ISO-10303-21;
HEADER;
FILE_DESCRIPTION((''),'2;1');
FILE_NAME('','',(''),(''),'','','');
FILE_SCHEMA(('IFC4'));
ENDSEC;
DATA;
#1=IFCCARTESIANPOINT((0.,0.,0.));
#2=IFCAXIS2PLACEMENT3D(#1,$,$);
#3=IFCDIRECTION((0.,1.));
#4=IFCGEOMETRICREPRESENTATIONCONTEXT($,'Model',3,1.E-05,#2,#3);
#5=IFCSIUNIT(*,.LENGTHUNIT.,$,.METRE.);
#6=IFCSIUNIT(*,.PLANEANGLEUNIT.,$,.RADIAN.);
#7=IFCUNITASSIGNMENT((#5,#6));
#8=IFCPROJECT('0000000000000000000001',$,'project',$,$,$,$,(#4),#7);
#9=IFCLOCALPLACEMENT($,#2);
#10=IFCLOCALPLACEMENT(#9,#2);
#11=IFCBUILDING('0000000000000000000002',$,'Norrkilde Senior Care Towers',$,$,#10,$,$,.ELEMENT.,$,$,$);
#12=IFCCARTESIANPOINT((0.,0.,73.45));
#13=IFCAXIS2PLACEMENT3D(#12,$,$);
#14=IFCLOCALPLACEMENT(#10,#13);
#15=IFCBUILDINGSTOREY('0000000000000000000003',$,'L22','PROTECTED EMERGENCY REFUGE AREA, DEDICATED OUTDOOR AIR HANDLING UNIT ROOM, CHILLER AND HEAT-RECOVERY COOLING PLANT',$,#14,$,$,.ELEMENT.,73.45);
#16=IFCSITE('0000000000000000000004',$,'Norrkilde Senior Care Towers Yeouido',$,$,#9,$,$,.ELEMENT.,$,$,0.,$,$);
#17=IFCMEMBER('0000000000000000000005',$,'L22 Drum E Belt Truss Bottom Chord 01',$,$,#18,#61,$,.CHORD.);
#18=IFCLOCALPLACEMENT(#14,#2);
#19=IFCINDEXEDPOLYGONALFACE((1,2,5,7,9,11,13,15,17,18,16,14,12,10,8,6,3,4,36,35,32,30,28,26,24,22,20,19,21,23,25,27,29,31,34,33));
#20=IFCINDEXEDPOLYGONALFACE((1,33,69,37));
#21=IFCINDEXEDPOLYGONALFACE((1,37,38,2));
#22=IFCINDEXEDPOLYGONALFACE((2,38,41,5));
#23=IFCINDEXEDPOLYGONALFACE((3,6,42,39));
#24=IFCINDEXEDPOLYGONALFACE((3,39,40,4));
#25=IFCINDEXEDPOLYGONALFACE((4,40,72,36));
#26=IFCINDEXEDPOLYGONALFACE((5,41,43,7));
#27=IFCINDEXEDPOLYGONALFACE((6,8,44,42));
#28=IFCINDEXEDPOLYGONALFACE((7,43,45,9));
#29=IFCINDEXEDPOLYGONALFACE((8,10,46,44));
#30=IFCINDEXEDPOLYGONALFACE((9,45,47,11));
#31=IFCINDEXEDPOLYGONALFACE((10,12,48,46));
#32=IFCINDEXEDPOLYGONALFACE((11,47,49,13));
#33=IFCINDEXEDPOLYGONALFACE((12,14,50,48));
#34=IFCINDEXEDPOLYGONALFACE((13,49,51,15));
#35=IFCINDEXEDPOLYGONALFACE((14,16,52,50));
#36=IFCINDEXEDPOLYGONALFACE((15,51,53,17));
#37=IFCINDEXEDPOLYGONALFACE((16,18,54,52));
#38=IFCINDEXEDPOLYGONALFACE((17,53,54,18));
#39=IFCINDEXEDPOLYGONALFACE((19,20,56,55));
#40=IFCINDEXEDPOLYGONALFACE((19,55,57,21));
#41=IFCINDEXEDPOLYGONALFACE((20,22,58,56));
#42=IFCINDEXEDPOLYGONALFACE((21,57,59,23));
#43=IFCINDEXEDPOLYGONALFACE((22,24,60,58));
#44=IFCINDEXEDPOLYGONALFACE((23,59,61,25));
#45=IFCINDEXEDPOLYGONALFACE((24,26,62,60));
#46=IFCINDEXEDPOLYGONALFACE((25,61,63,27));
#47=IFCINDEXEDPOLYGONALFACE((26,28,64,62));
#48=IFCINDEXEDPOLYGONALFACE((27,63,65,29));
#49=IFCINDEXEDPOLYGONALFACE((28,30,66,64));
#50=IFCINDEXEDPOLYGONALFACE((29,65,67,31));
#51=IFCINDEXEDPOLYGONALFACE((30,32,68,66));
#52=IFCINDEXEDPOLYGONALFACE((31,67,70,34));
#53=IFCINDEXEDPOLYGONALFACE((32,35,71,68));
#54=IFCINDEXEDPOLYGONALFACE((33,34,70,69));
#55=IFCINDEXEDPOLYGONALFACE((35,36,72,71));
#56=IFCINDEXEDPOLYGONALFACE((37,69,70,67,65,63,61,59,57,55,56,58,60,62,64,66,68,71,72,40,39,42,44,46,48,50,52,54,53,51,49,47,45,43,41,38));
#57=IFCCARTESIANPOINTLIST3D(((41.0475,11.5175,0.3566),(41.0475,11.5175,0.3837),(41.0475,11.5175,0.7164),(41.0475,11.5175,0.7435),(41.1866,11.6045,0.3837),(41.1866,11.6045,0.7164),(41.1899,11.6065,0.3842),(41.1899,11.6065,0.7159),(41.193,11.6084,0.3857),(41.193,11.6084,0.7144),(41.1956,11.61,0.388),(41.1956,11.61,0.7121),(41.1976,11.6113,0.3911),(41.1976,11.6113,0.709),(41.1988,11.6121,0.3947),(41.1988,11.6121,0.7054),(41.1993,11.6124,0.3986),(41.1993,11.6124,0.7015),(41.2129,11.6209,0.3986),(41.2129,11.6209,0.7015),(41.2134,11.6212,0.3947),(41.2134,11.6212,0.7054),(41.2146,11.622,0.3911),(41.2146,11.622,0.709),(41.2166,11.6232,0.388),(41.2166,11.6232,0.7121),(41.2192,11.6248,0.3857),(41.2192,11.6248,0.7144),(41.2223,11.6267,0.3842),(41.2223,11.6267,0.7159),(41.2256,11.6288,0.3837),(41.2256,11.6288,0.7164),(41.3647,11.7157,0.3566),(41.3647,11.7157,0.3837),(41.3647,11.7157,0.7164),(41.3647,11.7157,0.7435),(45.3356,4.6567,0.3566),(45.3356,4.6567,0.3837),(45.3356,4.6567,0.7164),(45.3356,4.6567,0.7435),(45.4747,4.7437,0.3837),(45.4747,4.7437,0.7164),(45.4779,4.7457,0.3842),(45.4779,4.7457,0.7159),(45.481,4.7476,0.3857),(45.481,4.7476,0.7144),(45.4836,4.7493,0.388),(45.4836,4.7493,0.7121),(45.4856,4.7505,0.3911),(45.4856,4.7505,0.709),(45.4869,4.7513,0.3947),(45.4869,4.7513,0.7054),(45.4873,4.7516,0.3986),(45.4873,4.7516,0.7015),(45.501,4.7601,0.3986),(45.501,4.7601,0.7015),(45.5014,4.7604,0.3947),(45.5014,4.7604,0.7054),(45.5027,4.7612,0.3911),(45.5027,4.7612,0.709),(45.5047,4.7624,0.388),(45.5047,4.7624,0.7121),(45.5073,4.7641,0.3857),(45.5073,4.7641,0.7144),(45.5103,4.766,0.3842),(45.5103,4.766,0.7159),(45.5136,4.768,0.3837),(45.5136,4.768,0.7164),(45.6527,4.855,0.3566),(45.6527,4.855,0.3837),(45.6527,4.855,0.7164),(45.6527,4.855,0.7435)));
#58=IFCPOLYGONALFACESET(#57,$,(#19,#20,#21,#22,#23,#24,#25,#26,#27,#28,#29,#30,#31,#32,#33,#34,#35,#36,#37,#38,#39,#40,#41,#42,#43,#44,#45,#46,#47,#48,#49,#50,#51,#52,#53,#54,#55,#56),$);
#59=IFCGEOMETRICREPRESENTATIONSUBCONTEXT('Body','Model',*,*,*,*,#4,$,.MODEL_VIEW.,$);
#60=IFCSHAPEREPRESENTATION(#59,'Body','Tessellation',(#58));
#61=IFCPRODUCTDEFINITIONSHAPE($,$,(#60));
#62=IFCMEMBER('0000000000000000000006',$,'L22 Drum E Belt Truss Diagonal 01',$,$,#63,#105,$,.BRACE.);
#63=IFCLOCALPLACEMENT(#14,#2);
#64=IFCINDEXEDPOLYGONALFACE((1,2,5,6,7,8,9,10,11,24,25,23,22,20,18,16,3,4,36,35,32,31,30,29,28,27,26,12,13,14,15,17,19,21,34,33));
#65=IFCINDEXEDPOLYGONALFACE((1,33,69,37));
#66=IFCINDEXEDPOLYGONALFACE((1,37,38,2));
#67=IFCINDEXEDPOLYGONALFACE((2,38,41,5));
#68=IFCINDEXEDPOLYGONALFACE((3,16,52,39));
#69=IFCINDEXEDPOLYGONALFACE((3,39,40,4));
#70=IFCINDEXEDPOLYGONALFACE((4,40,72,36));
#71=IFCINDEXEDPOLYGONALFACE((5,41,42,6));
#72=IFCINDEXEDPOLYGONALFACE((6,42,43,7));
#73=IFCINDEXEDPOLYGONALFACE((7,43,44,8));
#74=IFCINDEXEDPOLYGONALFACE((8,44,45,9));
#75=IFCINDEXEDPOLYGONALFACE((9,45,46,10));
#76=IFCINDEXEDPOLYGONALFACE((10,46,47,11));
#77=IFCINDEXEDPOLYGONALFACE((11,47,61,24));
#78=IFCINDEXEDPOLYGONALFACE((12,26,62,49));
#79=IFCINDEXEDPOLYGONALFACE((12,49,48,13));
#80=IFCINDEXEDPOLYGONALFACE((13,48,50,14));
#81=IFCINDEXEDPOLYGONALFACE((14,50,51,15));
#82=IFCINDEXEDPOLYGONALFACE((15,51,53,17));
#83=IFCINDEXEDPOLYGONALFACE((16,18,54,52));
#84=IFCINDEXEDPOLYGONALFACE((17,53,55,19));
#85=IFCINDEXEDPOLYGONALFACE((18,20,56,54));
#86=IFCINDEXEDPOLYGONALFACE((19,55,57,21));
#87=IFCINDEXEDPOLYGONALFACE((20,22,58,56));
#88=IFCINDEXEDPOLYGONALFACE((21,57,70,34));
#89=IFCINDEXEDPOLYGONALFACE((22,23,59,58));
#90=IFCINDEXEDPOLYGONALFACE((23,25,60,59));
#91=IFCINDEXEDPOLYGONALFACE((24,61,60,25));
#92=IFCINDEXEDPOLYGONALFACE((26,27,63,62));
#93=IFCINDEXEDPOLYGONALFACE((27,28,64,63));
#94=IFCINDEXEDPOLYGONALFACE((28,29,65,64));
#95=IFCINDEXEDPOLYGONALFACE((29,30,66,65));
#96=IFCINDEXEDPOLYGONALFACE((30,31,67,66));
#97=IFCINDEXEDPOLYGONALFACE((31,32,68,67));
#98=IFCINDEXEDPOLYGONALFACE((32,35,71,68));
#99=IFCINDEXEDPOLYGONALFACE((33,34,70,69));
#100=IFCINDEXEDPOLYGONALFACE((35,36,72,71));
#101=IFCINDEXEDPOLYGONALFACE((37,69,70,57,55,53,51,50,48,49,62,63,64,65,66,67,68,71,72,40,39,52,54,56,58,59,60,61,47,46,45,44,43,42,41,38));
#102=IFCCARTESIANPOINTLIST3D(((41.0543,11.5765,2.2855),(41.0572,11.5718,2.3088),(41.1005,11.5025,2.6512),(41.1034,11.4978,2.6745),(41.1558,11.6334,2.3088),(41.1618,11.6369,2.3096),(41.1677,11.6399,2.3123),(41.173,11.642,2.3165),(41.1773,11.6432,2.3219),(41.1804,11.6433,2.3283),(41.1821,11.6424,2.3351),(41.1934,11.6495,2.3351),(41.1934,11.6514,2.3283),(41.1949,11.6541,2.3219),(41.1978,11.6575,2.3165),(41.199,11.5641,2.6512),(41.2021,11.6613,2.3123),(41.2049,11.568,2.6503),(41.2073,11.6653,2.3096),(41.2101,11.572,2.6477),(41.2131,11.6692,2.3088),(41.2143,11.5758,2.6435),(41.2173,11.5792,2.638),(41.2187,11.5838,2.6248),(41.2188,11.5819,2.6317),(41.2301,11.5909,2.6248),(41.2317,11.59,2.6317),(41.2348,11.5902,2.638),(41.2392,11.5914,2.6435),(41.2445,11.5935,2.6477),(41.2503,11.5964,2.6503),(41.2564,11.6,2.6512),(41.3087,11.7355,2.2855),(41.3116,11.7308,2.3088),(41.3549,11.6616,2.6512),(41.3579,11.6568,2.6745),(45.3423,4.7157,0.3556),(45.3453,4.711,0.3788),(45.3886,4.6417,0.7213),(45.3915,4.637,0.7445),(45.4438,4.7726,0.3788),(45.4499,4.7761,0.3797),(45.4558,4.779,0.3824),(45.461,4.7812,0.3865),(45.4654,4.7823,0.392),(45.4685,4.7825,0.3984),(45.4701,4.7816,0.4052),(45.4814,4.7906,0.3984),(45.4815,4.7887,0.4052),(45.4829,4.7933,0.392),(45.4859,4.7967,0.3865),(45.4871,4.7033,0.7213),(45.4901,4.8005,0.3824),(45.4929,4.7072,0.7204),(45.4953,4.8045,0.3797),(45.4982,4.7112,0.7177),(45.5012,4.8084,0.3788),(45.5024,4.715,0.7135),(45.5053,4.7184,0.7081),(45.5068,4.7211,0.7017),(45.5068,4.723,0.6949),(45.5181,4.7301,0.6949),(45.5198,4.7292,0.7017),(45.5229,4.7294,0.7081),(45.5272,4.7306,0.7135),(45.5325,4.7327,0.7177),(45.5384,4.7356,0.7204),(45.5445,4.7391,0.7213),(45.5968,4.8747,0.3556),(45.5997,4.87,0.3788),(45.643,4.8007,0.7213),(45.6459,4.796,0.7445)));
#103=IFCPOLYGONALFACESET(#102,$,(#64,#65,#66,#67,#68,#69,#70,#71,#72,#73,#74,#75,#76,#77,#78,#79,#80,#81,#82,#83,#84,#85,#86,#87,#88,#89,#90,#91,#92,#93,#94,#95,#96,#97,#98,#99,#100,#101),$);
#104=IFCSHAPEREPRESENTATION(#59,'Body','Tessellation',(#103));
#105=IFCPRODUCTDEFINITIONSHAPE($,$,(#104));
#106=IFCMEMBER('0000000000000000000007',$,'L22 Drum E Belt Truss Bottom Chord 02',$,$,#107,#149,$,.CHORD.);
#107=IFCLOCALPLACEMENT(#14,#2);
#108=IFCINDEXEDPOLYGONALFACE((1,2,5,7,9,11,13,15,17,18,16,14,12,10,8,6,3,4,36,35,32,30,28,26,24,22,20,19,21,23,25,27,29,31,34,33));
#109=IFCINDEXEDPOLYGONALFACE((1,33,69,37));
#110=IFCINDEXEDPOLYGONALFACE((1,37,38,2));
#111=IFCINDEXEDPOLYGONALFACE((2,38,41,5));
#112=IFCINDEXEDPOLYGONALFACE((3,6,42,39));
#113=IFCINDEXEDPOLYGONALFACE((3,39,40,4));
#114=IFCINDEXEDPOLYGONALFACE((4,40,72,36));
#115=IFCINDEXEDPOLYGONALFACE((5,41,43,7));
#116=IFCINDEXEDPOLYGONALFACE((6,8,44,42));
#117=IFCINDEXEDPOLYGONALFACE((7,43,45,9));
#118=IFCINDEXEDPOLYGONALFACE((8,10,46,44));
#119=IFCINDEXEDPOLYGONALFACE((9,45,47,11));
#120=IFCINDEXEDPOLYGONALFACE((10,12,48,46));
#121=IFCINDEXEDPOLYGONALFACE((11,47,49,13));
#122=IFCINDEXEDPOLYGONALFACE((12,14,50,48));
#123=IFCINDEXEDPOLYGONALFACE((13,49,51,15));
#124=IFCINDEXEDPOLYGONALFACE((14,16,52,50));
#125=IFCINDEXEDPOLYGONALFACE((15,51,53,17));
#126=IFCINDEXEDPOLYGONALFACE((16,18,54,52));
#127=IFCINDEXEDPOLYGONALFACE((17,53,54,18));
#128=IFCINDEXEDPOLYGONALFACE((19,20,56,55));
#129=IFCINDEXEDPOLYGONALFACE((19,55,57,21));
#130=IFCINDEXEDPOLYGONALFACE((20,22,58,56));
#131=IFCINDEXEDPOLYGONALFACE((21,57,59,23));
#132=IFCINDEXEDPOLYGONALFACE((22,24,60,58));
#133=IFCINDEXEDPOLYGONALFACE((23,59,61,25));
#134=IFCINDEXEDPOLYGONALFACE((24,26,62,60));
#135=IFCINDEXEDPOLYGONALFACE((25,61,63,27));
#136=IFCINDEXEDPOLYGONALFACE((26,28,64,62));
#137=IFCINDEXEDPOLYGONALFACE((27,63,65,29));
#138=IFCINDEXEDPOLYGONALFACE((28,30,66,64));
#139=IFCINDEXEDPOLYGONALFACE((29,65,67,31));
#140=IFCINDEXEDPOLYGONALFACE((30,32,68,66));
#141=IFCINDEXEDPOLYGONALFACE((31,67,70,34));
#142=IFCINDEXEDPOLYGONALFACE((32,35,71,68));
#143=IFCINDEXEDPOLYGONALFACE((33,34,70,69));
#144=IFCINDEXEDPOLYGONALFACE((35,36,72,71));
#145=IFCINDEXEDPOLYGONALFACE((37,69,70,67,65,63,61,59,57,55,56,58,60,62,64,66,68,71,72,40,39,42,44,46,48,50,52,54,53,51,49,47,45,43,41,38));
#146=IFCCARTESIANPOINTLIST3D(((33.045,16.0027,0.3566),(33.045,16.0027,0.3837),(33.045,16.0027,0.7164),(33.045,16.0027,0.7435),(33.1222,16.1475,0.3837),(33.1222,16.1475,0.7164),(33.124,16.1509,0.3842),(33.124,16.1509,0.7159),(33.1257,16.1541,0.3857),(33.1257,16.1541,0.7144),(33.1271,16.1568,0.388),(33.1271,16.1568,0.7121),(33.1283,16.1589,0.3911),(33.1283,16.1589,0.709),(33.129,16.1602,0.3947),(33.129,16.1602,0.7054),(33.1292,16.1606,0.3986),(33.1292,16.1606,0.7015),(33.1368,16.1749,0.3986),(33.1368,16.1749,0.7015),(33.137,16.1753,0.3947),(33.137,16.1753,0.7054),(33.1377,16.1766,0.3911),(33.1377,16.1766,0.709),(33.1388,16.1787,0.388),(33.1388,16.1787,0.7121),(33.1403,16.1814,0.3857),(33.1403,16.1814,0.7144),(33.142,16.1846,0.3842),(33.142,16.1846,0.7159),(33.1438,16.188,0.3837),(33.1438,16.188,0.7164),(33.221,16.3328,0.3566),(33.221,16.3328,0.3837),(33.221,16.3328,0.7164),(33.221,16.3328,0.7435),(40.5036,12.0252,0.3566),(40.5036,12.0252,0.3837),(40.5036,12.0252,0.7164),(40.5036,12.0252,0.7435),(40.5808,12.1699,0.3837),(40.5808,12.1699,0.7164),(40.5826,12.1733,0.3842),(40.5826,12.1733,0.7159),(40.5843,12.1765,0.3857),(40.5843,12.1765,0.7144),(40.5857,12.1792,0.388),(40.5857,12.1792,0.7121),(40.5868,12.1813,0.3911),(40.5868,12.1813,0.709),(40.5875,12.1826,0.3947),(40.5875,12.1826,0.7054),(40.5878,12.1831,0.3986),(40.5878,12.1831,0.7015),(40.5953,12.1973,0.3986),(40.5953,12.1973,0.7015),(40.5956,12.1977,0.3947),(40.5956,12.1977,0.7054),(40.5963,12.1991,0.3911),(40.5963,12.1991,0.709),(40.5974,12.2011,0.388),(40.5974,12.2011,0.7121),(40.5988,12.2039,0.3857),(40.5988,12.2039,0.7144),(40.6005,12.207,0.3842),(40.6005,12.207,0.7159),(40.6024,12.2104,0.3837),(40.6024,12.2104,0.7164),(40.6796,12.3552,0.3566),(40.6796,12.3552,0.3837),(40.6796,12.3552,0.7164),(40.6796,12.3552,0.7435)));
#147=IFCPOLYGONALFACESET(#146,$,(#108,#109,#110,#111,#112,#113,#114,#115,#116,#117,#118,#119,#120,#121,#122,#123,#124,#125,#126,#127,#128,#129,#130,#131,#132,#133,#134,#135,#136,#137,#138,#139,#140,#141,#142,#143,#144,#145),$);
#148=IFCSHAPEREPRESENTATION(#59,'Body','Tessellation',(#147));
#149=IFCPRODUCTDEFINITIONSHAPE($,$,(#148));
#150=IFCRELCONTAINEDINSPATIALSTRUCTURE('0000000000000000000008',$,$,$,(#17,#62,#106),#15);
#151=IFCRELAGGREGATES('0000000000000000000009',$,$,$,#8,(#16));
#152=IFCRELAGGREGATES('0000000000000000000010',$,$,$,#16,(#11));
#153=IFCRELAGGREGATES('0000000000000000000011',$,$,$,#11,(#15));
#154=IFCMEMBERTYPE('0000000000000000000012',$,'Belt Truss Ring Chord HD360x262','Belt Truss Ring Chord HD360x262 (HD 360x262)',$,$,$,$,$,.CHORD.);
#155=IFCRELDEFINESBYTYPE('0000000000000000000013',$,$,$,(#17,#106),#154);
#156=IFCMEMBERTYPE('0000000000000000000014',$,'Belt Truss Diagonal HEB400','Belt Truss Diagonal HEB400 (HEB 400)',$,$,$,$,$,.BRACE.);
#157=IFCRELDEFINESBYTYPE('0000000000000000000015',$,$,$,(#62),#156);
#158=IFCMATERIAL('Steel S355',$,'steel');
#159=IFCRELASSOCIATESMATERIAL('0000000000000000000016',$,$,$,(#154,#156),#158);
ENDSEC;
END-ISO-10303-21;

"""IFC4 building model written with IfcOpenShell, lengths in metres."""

from ifc_helpers import new_model, si_unit, direction, frame, origin, origin_2d, place, context, subcontext, project, spatial, i_section, extrude, source, transform, mapped, material, material_profile, profile_set, type_object, type_shapes, element, save


model = new_model("IFC4")

# Units and contexts
model_context = context("Model", 3, precision=1e-05, world=origin(), true_north=direction((0.0, 1.0)))
body_context = subcontext(model_context, "Body", "Model", "MODEL_VIEW")
ifc_project = project(units=[si_unit("LENGTHUNIT", "METRE"), si_unit("PLANEANGLEUNIT", "RADIAN")], contexts=[model_context])

# Site, building, storey
site_placement = place(None, origin())
site = spatial("IfcSite", under=ifc_project, at=site_placement, Name="Norrkilde Senior Care Towers Yeouido", CompositionType="ELEMENT", RefElevation=0.0)
building_placement = place(site_placement, origin())
building = spatial("IfcBuilding", under=site, at=building_placement, Name="Norrkilde Senior Care Towers", CompositionType="ELEMENT")
storey_placement = place(building_placement, frame((0.0, 0.0, 73.45)))
storey = spatial("IfcBuildingStorey", under=building, at=storey_placement, Name="L22", Description="PROTECTED EMERGENCY REFUGE AREA, DEDICATED OUTDOOR AIR HANDLING UNIT ROOM, CHILLER AND HEAT-RECOVERY COOLING PLANT", CompositionType="ELEMENT", Elevation=73.45)

# Members
ifc_material_1 = material(Name="Steel S355", Category="steel")
ifc_material_profile_1 = material_profile(ifc_material_1, i_section(OverallWidth=0.374, OverallDepth=0.387, WebThickness=0.0161, FlangeThickness=0.0271, FilletRadius=0.0149, at=origin_2d()), Name="HD 360x262")
ifc_profile_set_1 = profile_set([ifc_material_profile_1], Name="Steel S355")
member_type_1 = type_object("IfcMemberType", Name="Belt Truss Ring Chord HD360x262", Description="Belt Truss Ring Chord HD360x262 (HD 360x262)", PredefinedType="CHORD", material=ifc_profile_set_1)
shared_shape_1 = source(origin(), body_context, "Body", "SweptSolid", [
    extrude(i_section(OverallWidth=0.374, OverallDepth=0.387, WebThickness=0.0161, FlangeThickness=0.0271, FilletRadius=0.0149, at=origin_2d()), origin(), (0.0, 0.0, 1.0), 8.0906),
])
member_1_placement = place(storey_placement, frame((45.4941, 4.7559, 0.55), z_axis=(-0.530004, 0.847995, 0.0), x_axis=(-0.847995, -0.530004, 0.0)))
element("IfcMember", 1, at=member_1_placement, inside=storey, type_object=member_type_1, Name="L22 Drum E Belt Truss Bottom Chord 01", PredefinedType="CHORD", context=body_context, shape_type="MappedRepresentation", body=[
    mapped(shared_shape_1, transform((0.0, 0.0, 0.0), x_axis=(1.0, 0.0, 0.0), y_axis=(0.0, 1.0, 0.0), z_axis=(0.0, 0.0, 1.0), scale=1.0)),
])
ifc_material_profile_2 = material_profile(ifc_material_1, i_section(OverallWidth=0.3, OverallDepth=0.3999, WebThickness=0.0134, FlangeThickness=0.0239, FilletRadius=0.0271, at=origin_2d()), Name="HEB 400")
ifc_profile_set_2 = profile_set([ifc_material_profile_2], Name="Steel S355")
member_type_2 = type_object("IfcMemberType", Name="Belt Truss Diagonal HEB400", Description="Belt Truss Diagonal HEB400 (HEB 400)", PredefinedType="BRACE", material=ifc_profile_set_2)
shared_shape_2 = source(origin(), body_context, "Body", "SweptSolid", [
    extrude(i_section(OverallWidth=0.3, OverallDepth=0.3999, WebThickness=0.0134, FlangeThickness=0.0239, FilletRadius=0.0271, at=origin_2d()), origin(), (0.0, 0.0, 1.0), 8.3176),
])
member_2_placement = place(storey_placement, frame((45.4941, 4.7559, 0.55), z_axis=(-0.51554, 0.824852, 0.232028), x_axis=(-0.847995, -0.530004, 0.0)))
element("IfcMember", 2, at=member_2_placement, inside=storey, type_object=member_type_2, Name="L22 Drum E Belt Truss Diagonal 01", PredefinedType="BRACE", context=body_context, shape_type="MappedRepresentation", body=[
    mapped(shared_shape_2, transform((0.0, 0.0, 0.0), x_axis=(1.0, 0.0, 0.0), y_axis=(0.0, 1.0, 0.0), z_axis=(0.0, 0.0, 1.0), scale=1.0)),
])
shared_shape_3 = source(origin(), body_context, "Body", "SweptSolid", [
    extrude(i_section(OverallWidth=0.374, OverallDepth=0.387, WebThickness=0.0161, FlangeThickness=0.0271, FilletRadius=0.0149, at=origin_2d()), origin(), (0.0, 0.0, 1.0), 8.4529),
])
type_shapes(member_type_1, [shared_shape_1, shared_shape_3])
member_3_placement = place(storey_placement, frame((40.5916, 12.1902, 0.55), z_axis=(-0.882369, 0.470558, 0.0), x_axis=(-0.470558, -0.882369, 0.0)))
element("IfcMember", 3, at=member_3_placement, inside=storey, type_object=member_type_1, Name="L22 Drum E Belt Truss Bottom Chord 02", PredefinedType="CHORD", context=body_context, shape_type="MappedRepresentation", body=[
    mapped(shared_shape_3, transform((0.0, 0.0, 0.0), x_axis=(1.0, 0.0, 0.0), y_axis=(0.0, 1.0, 0.0), z_axis=(0.0, 0.0, 1.0), scale=1.0)),
])

save(model, "model.ifc")
